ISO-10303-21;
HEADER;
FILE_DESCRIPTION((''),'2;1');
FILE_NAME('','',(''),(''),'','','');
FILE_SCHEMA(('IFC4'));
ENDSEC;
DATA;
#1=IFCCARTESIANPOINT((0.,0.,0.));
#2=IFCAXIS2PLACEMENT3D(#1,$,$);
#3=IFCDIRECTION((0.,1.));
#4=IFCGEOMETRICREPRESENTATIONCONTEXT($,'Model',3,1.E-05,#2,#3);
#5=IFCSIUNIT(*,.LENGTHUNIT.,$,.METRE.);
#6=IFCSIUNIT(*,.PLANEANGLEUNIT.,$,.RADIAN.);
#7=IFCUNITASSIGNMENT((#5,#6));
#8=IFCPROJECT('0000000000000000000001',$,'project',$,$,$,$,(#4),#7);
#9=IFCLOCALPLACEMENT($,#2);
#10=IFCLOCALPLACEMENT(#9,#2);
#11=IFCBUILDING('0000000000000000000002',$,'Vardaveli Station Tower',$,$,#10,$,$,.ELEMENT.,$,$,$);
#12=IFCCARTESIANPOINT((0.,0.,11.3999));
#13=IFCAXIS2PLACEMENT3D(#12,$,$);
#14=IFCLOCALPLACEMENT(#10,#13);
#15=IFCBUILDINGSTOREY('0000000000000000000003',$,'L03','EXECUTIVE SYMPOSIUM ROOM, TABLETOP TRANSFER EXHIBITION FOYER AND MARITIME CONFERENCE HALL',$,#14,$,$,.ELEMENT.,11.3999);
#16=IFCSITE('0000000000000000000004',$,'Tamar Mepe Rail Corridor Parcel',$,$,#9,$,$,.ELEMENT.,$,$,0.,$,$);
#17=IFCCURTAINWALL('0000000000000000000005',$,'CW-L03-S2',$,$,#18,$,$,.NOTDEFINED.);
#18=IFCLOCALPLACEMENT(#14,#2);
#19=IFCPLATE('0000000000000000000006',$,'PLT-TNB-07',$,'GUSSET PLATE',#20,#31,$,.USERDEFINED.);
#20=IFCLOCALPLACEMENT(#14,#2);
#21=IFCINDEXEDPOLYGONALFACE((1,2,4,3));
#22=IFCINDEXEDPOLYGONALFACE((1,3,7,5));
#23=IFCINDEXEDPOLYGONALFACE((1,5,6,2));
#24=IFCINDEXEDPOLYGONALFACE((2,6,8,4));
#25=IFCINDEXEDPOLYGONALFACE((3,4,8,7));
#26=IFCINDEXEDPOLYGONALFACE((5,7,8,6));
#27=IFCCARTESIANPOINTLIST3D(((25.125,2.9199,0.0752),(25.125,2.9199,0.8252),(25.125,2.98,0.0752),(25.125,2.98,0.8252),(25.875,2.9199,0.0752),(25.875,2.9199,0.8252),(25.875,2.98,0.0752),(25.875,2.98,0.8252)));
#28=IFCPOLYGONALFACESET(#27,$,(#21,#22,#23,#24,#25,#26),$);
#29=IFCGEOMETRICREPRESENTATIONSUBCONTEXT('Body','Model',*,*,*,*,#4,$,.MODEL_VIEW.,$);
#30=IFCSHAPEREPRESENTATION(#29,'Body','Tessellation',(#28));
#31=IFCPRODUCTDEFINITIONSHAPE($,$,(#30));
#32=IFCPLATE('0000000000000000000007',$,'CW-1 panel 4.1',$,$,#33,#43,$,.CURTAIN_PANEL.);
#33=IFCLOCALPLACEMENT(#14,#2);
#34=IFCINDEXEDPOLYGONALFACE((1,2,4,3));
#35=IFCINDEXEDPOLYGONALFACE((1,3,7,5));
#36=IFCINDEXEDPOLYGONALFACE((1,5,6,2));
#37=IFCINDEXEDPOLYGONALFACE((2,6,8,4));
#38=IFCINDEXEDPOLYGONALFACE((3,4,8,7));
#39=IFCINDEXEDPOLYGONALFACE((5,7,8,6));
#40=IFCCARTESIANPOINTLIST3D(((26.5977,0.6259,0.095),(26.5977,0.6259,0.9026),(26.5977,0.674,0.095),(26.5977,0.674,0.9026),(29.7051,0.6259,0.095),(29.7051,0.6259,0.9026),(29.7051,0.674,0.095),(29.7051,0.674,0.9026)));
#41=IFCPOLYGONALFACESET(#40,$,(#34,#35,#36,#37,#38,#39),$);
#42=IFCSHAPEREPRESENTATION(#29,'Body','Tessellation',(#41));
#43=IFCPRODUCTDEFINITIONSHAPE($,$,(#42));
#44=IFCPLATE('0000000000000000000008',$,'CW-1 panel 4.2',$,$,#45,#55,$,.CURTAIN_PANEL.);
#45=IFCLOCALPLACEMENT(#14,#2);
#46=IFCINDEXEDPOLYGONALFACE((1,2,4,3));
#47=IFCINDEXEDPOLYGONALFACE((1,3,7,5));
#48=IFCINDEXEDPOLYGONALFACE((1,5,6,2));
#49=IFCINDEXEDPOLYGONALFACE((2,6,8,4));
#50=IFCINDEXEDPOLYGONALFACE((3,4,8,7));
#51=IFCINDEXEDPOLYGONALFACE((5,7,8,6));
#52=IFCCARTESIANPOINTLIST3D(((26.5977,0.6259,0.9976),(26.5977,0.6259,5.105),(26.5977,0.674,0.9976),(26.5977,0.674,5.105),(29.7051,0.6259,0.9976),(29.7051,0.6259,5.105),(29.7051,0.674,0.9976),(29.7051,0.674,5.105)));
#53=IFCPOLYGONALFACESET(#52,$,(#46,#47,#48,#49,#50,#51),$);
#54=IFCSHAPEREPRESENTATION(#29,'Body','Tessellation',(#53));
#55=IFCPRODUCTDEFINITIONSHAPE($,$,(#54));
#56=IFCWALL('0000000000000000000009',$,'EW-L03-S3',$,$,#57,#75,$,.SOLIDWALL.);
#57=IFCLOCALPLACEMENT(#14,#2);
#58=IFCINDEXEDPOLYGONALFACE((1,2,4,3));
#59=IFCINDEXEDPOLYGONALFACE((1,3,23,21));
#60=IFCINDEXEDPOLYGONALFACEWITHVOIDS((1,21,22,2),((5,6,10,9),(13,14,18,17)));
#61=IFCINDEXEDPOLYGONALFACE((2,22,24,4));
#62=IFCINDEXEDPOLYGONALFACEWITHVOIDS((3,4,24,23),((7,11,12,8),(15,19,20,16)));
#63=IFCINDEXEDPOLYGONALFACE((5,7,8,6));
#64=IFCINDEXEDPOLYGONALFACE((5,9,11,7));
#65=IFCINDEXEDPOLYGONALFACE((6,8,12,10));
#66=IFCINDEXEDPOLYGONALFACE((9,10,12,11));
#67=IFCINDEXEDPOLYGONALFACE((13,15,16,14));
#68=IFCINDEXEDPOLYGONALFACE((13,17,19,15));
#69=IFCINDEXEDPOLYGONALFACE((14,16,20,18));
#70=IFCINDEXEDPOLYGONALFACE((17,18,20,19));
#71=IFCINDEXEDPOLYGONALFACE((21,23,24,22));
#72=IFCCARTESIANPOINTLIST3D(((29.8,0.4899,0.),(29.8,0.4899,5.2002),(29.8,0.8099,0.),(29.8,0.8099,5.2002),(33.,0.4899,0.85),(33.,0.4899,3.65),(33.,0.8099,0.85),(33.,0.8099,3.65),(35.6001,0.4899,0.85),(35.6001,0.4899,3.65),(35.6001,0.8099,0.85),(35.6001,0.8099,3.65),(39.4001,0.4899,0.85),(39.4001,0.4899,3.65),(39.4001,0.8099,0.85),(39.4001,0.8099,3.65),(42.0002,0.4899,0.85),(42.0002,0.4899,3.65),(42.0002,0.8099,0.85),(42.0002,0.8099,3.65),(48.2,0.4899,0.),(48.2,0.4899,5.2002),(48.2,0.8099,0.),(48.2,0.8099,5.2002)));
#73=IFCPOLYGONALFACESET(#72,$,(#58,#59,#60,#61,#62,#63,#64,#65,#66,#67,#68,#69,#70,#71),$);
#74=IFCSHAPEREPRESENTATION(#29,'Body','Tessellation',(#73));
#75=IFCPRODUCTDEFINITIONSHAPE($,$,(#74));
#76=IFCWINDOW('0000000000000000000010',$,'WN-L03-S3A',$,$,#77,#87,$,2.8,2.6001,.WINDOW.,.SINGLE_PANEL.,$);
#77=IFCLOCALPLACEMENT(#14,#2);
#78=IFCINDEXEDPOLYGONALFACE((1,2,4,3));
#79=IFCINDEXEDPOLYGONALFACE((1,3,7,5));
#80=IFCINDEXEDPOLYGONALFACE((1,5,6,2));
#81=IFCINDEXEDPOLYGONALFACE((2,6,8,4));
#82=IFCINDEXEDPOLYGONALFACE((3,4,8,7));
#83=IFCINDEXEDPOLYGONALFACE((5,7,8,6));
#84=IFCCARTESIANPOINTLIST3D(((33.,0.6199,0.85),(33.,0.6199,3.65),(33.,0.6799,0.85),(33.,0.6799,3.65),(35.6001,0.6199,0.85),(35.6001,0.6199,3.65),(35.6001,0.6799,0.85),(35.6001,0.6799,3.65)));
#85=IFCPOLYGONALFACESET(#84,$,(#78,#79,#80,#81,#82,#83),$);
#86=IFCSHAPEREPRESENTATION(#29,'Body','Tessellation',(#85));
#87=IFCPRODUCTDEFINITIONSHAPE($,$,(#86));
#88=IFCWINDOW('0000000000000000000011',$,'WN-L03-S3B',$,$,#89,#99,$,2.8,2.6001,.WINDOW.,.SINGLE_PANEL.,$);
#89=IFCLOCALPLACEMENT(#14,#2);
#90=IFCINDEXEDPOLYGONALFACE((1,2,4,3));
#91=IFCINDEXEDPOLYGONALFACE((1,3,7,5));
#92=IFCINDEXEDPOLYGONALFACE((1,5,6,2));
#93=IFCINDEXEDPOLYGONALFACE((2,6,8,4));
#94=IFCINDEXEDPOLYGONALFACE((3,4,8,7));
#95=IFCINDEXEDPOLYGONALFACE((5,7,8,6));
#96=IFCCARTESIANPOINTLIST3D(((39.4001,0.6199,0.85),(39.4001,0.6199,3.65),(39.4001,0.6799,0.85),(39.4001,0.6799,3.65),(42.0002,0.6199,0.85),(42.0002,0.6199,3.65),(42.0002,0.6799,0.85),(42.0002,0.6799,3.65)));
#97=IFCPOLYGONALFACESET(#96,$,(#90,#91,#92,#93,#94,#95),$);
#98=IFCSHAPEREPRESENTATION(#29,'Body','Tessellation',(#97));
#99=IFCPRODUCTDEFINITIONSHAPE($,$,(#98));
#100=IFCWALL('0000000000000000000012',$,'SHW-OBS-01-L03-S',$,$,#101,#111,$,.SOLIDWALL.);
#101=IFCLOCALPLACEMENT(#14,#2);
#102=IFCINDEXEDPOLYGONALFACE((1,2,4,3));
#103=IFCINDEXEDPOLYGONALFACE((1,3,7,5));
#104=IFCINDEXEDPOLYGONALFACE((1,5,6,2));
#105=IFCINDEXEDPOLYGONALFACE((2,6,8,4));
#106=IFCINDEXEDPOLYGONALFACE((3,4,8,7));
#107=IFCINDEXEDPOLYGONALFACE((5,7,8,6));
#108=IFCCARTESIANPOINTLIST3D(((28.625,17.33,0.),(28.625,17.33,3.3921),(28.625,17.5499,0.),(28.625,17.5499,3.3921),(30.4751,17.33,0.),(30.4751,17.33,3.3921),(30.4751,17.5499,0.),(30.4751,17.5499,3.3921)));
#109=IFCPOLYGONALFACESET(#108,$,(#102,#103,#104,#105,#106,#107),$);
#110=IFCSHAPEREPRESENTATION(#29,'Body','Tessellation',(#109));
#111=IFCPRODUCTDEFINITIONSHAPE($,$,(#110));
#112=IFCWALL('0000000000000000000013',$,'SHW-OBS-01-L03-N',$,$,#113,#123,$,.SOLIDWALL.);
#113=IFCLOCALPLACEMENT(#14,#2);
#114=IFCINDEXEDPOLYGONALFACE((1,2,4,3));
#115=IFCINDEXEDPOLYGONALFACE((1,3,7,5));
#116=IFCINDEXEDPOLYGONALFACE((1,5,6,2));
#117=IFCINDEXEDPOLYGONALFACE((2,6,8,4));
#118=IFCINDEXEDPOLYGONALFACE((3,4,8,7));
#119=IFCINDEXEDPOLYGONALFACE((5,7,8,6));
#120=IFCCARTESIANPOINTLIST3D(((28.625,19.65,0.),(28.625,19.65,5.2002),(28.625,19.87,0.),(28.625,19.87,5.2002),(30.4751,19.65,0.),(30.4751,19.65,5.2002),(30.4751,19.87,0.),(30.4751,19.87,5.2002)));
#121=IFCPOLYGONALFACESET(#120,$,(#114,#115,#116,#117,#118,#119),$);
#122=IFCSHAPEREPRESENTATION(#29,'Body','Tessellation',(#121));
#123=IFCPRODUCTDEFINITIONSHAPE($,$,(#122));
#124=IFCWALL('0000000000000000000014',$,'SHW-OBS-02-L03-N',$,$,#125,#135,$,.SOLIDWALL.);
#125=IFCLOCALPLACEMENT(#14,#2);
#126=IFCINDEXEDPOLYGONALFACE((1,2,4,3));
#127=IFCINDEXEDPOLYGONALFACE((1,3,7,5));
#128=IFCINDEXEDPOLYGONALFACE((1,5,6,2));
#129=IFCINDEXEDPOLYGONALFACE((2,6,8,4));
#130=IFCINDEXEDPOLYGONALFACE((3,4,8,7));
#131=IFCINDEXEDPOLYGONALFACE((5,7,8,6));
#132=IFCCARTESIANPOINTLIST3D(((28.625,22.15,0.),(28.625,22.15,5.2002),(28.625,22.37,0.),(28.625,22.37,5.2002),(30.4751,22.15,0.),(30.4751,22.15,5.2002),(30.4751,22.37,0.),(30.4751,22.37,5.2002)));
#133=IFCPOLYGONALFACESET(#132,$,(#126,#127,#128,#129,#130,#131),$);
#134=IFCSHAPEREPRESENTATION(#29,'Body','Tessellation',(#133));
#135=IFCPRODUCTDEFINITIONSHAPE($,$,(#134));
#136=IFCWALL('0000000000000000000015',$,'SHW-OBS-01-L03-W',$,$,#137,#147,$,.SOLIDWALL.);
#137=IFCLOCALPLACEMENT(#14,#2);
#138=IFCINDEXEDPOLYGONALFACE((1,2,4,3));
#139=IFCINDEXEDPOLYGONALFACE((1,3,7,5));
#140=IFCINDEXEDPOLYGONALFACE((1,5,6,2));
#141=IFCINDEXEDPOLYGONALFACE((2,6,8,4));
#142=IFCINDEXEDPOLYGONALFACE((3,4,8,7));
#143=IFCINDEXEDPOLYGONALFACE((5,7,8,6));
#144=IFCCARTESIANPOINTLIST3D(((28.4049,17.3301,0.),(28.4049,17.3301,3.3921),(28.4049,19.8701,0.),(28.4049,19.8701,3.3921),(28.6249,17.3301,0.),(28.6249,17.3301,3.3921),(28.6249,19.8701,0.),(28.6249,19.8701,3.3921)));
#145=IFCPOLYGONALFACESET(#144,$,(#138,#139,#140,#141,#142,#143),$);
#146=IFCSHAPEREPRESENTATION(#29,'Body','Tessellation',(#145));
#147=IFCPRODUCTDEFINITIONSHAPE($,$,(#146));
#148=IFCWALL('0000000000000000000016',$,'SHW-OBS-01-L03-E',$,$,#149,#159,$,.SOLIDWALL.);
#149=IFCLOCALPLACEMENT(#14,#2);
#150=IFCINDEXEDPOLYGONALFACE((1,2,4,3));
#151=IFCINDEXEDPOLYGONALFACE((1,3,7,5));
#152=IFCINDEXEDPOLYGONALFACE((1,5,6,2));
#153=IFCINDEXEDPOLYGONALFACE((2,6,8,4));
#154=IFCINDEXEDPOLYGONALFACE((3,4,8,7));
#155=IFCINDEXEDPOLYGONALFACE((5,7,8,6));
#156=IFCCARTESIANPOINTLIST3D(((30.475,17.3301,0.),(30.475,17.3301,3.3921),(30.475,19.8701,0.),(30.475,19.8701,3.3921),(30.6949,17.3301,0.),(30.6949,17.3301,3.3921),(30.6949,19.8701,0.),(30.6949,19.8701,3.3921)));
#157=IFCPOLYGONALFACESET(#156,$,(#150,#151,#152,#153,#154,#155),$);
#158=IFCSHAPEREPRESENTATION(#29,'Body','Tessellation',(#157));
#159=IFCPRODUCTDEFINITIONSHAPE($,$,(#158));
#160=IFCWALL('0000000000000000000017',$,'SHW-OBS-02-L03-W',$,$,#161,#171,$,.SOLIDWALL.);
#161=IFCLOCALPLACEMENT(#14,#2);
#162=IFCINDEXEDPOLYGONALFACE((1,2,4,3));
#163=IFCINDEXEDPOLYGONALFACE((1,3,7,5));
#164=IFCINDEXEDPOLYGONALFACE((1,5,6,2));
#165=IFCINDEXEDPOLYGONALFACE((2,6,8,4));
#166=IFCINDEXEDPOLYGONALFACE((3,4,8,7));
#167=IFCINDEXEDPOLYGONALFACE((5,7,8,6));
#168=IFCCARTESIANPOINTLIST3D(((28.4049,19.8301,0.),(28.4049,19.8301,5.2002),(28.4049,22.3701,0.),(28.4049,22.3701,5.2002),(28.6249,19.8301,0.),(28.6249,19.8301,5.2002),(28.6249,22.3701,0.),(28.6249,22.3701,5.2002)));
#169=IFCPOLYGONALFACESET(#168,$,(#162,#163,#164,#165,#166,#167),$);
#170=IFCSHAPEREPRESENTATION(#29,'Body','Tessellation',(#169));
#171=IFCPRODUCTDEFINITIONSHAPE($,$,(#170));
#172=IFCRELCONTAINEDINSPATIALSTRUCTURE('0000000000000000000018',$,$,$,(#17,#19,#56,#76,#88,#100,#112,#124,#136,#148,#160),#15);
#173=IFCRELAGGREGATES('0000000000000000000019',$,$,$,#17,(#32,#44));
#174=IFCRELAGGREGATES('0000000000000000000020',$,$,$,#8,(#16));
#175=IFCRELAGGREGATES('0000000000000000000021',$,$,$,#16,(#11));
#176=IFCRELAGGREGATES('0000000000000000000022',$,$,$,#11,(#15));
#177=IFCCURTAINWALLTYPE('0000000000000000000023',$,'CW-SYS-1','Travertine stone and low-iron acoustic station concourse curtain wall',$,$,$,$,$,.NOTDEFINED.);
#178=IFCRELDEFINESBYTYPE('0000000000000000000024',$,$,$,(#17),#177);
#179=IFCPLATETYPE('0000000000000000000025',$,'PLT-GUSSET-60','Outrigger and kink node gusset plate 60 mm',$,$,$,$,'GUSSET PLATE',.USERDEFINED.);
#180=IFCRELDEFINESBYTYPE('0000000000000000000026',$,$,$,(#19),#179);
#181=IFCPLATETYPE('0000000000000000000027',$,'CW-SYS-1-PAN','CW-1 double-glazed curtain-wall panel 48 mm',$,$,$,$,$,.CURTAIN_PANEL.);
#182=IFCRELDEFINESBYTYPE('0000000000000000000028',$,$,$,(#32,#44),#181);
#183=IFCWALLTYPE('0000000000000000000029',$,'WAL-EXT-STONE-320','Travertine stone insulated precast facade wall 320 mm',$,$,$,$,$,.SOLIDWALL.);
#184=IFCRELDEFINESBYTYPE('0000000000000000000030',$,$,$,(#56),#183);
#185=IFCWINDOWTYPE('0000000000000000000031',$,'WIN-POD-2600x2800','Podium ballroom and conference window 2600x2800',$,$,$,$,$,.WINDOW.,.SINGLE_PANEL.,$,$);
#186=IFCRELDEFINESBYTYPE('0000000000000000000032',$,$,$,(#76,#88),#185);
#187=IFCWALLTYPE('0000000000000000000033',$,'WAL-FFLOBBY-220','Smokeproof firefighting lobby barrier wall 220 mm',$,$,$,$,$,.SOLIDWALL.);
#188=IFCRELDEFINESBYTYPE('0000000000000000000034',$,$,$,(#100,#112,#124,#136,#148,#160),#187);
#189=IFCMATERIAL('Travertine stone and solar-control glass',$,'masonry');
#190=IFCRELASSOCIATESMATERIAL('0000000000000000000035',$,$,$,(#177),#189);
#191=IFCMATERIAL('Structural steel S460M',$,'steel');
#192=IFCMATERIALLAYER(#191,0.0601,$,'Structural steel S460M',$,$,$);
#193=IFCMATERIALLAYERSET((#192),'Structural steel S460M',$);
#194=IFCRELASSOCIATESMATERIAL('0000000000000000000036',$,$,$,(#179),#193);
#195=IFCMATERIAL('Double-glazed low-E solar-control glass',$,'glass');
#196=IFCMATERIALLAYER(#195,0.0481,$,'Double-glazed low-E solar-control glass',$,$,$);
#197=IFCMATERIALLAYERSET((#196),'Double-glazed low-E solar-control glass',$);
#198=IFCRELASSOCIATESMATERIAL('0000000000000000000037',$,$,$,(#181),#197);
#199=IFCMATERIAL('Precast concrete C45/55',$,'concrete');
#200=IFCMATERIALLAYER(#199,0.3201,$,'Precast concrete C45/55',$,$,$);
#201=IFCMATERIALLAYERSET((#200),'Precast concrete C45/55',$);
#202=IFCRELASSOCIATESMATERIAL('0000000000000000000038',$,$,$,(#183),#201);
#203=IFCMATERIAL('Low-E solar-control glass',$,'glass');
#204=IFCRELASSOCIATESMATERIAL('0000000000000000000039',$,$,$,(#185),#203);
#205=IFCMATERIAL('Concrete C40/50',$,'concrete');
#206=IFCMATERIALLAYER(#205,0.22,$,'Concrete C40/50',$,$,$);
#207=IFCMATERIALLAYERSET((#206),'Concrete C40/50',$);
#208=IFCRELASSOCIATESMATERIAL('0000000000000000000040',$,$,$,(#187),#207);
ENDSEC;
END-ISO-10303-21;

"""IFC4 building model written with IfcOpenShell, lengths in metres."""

from ifc_helpers import new_model, si_unit, direction, frame, frame_2d, origin, origin_2d, place, context, subcontext, project, spatial, rectangle, extrude, source, transform, mapped, material, layer, layer_set, type_object, element, fill, aggregate, save


model = new_model("IFC4")

# Units and contexts
model_context = context("Model", 3, precision=1e-05, world=origin(), true_north=direction((0.0, 1.0)))
body_context = subcontext(model_context, "Body", "Model", "MODEL_VIEW")
ifc_project = project(units=[si_unit("LENGTHUNIT", "METRE"), si_unit("PLANEANGLEUNIT", "RADIAN")], contexts=[model_context])

# Site, building, storey
site_placement = place(None, origin())
site = spatial("IfcSite", under=ifc_project, at=site_placement, Name="Tamar Mepe Rail Corridor Parcel", CompositionType="ELEMENT", RefElevation=0.0)
building_placement = place(site_placement, origin())
building = spatial("IfcBuilding", under=site, at=building_placement, Name="Vardaveli Station Tower", CompositionType="ELEMENT")
storey_placement = place(building_placement, frame((0.0, 0.0, 11.3999)))
storey = spatial("IfcBuildingStorey", under=building, at=storey_placement, Name="L03", Description="EXECUTIVE SYMPOSIUM ROOM, TABLETOP TRANSFER EXHIBITION FOYER AND MARITIME CONFERENCE HALL", CompositionType="ELEMENT", Elevation=11.3999)

# Shared definitions
ifc_material_1 = material(Name="Structural steel S460M", Category="steel")

# Curtain wall
ifc_material_2 = material(Name="Travertine stone and solar-control glass", Category="masonry")
curtain_wall_type = type_object("IfcCurtainWallType", Name="CW-SYS-1", Description="Travertine stone and low-iron acoustic station concourse curtain wall", PredefinedType="NOTDEFINED", material=ifc_material_2)
curtain_wall_placement = place(storey_placement, origin())
curtain_wall = element("IfcCurtainWall", 1, at=curtain_wall_placement, inside=storey, type_object=curtain_wall_type, Name="CW-L03-S2", PredefinedType="NOTDEFINED")

# Plate
ifc_layer_1 = layer(ifc_material_1, 0.0601, Name="Structural steel S460M")
ifc_layer_set_1 = layer_set([ifc_layer_1], Name="Structural steel S460M")
plate_type_1 = type_object("IfcPlateType", Name="PLT-GUSSET-60", Description="Outrigger and kink node gusset plate 60 mm", ElementType="GUSSET PLATE", PredefinedType="USERDEFINED", material=ifc_layer_set_1)
shared_shape_1 = source(origin(), body_context, "Body", "SweptSolid", [
    extrude(rectangle(XDim=0.75, YDim=0.0601, at=origin_2d()), origin(), (0.0, 0.0, 1.0), 0.75),
])
plate_1_placement = place(storey_placement, frame((25.5, 2.95, 0.0752), z_axis=(0.0, 0.0, 1.0), x_axis=(1.0, 0.0, 0.0)))
element("IfcPlate", 2, at=plate_1_placement, inside=storey, type_object=plate_type_1, Name="PLT-TNB-07", ObjectType="GUSSET PLATE", PredefinedType="USERDEFINED", context=body_context, shape_type="MappedRepresentation", body=[
    mapped(shared_shape_1, transform((0.0, 0.0, 0.0), scale=1.0)),
])

# Plates
ifc_material_3 = material(Name="Double-glazed low-E solar-control glass", Category="glass")
ifc_layer_2 = layer(ifc_material_3, 0.0481, Name="Double-glazed low-E solar-control glass")
ifc_layer_set_2 = layer_set([ifc_layer_2], Name="Double-glazed low-E solar-control glass")
plate_type_2 = type_object("IfcPlateType", Name="CW-SYS-1-PAN", Description="CW-1 double-glazed curtain-wall panel 48 mm", PredefinedType="CURTAIN_PANEL", material=ifc_layer_set_2)
shared_shape_2 = source(origin(), body_context, "Body", "SweptSolid", [
    extrude(rectangle(XDim=3.1074, YDim=0.0481, at=origin_2d()), origin(), (0.0, 0.0, 1.0), 0.8076),
])
plate_2_placement = place(storey_placement, frame((28.1514, 0.6499, 0.095), z_axis=(0.0, 0.0, 1.0), x_axis=(1.0, 0.0, 0.0)))
plate_2 = element("IfcPlate", 3, at=plate_2_placement, type_object=plate_type_2, Name="CW-1 panel 4.1", PredefinedType="CURTAIN_PANEL", context=body_context, shape_type="MappedRepresentation", body=[
    mapped(shared_shape_2, transform((0.0, 0.0, 0.0), scale=1.0)),
])
shared_shape_3 = source(origin(), body_context, "Body", "SweptSolid", [
    extrude(rectangle(XDim=3.1074, YDim=0.0481, at=origin_2d()), origin(), (0.0, 0.0, 1.0), 4.1074),
])
plate_3_placement = place(storey_placement, frame((28.1514, 0.6499, 0.9976), z_axis=(0.0, 0.0, 1.0), x_axis=(1.0, 0.0, 0.0)))
plate_3 = element("IfcPlate", 4, at=plate_3_placement, type_object=plate_type_2, Name="CW-1 panel 4.2", PredefinedType="CURTAIN_PANEL", context=body_context, shape_type="MappedRepresentation", body=[
    mapped(shared_shape_3, transform((0.0, 0.0, 0.0), scale=1.0)),
])
aggregate(curtain_wall, [plate_2, plate_3])

# Wall, openings, windows
ifc_material_4 = material(Name="Precast concrete C45/55", Category="concrete")
ifc_layer_3 = layer(ifc_material_4, 0.3201, Name="Precast concrete C45/55")
ifc_layer_set_3 = layer_set([ifc_layer_3], Name="Precast concrete C45/55")
wall_type_1 = type_object("IfcWallType", Name="WAL-EXT-STONE-320", Description="Travertine stone insulated precast facade wall 320 mm", PredefinedType="SOLIDWALL", material=ifc_layer_set_3)
shared_shape_4 = source(origin(), body_context, "Body", "SweptSolid", [
    extrude(rectangle(XDim=18.3999, YDim=0.3201, at=frame_2d((9.2, 0.0))), origin(), (0.0, 0.0, 1.0), 5.2002),
])
wall_1_placement = place(storey_placement, frame((29.8, 0.6499, 0.0), z_axis=(0.0, 0.0, 1.0), x_axis=(1.0, 0.0, 0.0)))
wall_1 = element("IfcWall", 5, at=wall_1_placement, inside=storey, type_object=wall_type_1, Name="EW-L03-S3", PredefinedType="SOLIDWALL", context=body_context, shape_type="MappedRepresentation", body=[
    mapped(shared_shape_4, transform((0.0, 0.0, 0.0), scale=1.0)),
])
shared_shape_5 = source(origin(), body_context, "Body", "SweptSolid", [
    extrude(rectangle(XDim=2.6001, YDim=2.8, at=frame_2d((1.3, 1.3999))), frame((0.0, 0.1699, 0.0), z_axis=(0.0, -1.0, 0.0), x_axis=(1.0, 0.0, 0.0)), (0.0, 0.0, 1.0), 0.3401),
])
opening_1_placement = place(wall_1_placement, frame((3.2, 0.0, 0.8501)))
opening_1 = element("IfcOpeningElement", 6, at=opening_1_placement, cuts=wall_1, PredefinedType="OPENING", context=body_context, shape_type="MappedRepresentation", body=[
    mapped(shared_shape_5, transform((0.0, 0.0, 0.0), scale=1.0)),
])
opening_2_placement = place(wall_1_placement, frame((9.6001, 0.0, 0.8501)))
opening_2 = element("IfcOpeningElement", 7, at=opening_2_placement, cuts=wall_1, PredefinedType="OPENING", context=body_context, shape_type="MappedRepresentation", body=[
    mapped(shared_shape_5, transform((0.0, 0.0, 0.0), scale=1.0)),
])
ifc_material_5 = material(Name="Low-E solar-control glass", Category="glass")
window_type = type_object("IfcWindowType", Name="WIN-POD-2600x2800", Description="Podium ballroom and conference window 2600x2800", PartitioningType="SINGLE_PANEL", PredefinedType="WINDOW", material=ifc_material_5)
shared_shape_6 = source(origin(), body_context, "Body", "SweptSolid", [
    extrude(rectangle(XDim=2.6001, YDim=2.8, at=frame_2d((1.3, 1.3999))), frame((0.0, 0.03, 0.0), z_axis=(0.0, -1.0, 0.0), x_axis=(1.0, 0.0, 0.0)), (0.0, 0.0, 1.0), 0.0601),
])
window_1_placement = place(opening_1_placement, origin())
window_1 = element("IfcWindow", 8, at=window_1_placement, inside=storey, type_object=window_type, Name="WN-L03-S3A", OverallHeight=2.8, OverallWidth=2.6001, PartitioningType="SINGLE_PANEL", PredefinedType="WINDOW", context=body_context, shape_type="MappedRepresentation", body=[
    mapped(shared_shape_6, transform((0.0, 0.0, 0.0), scale=1.0)),
])
fill(opening_1, window_1)
window_2_placement = place(opening_2_placement, origin())
window_2 = element("IfcWindow", 9, at=window_2_placement, inside=storey, type_object=window_type, Name="WN-L03-S3B", OverallHeight=2.8, OverallWidth=2.6001, PartitioningType="SINGLE_PANEL", PredefinedType="WINDOW", context=body_context, shape_type="MappedRepresentation", body=[
    mapped(shared_shape_6, transform((0.0, 0.0, 0.0), scale=1.0)),
])
fill(opening_2, window_2)

# Walls
ifc_material_6 = material(Name="Concrete C40/50", Category="concrete")
ifc_layer_4 = layer(ifc_material_6, 0.22, Name="Concrete C40/50")
ifc_layer_set_4 = layer_set([ifc_layer_4], Name="Concrete C40/50")
wall_type_2 = type_object("IfcWallType", Name="WAL-FFLOBBY-220", Description="Smokeproof firefighting lobby barrier wall 220 mm", PredefinedType="SOLIDWALL", material=ifc_layer_set_4)
shared_shape_7 = source(origin(), body_context, "Body", "SweptSolid", [
    extrude(rectangle(XDim=1.8501, YDim=0.22, at=frame_2d((0.925, 0.0))), origin(), (0.0, 0.0, 1.0), 3.3921),
])
wall_2_placement = place(storey_placement, frame((28.625, 17.4399, 0.0), z_axis=(0.0, 0.0, 1.0), x_axis=(1.0, 0.0, 0.0)))
element("IfcWall", 10, at=wall_2_placement, inside=storey, type_object=wall_type_2, Name="SHW-OBS-01-L03-S", PredefinedType="SOLIDWALL", context=body_context, shape_type="MappedRepresentation", body=[
    mapped(shared_shape_7, transform((0.0, 0.0, 0.0), scale=1.0)),
])
shared_shape_8 = source(origin(), body_context, "Body", "SweptSolid", [
    extrude(rectangle(XDim=1.8501, YDim=0.22, at=frame_2d((0.925, 0.0))), origin(), (0.0, 0.0, 1.0), 5.2002),
])
for number, where, z_axis, x_axis, name in (
    (11, (28.625, 19.76, 0.0), (0.0, 0.0, 1.0), (1.0, 0.0, 0.0), "SHW-OBS-01-L03-N"),
    (12, (28.625, 22.26, 0.0), (0.0, 0.0, 1.0), (1.0, 0.0, 0.0), "SHW-OBS-02-L03-N"),
):
    element("IfcWall", number, at=place(storey_placement, frame(where, z_axis=z_axis, x_axis=x_axis)), inside=storey, type_object=wall_type_2, Name=name, PredefinedType="SOLIDWALL", context=body_context, shape_type="MappedRepresentation", body=[
        mapped(shared_shape_8, transform((0.0, 0.0, 0.0), scale=1.0)),
    ])
shared_shape_9 = source(origin(), body_context, "Body", "SweptSolid", [
    extrude(rectangle(XDim=2.54, YDim=0.22, at=frame_2d((1.27, 0.0))), origin(), (0.0, 0.0, 1.0), 3.3921),
])
for number, where, z_axis, x_axis, name in (
    (13, (28.5149, 17.3301, 0.0), (0.0, 0.0, 1.0), (0.0, 1.0, 0.0), "SHW-OBS-01-L03-W"),
    (14, (30.585, 17.3301, 0.0), (0.0, 0.0, 1.0), (0.0, 1.0, 0.0), "SHW-OBS-01-L03-E"),
):
    element("IfcWall", number, at=place(storey_placement, frame(where, z_axis=z_axis, x_axis=x_axis)), inside=storey, type_object=wall_type_2, Name=name, PredefinedType="SOLIDWALL", context=body_context, shape_type="MappedRepresentation", body=[
        mapped(shared_shape_9, transform((0.0, 0.0, 0.0), scale=1.0)),
    ])
shared_shape_10 = source(origin(), body_context, "Body", "SweptSolid", [
    extrude(rectangle(XDim=2.54, YDim=0.22, at=frame_2d((1.27, 0.0))), origin(), (0.0, 0.0, 1.0), 5.2002),
])
for number, where, z_axis, x_axis, name in (
    (15, (28.5149, 19.8301, 0.0), (0.0, 0.0, 1.0), (0.0, 1.0, 0.0), "SHW-OBS-02-L03-W"),
):
    element("IfcWall", number, at=place(storey_placement, frame(where, z_axis=z_axis, x_axis=x_axis)), inside=storey, type_object=wall_type_2, Name=name, PredefinedType="SOLIDWALL", context=body_context, shape_type="MappedRepresentation", body=[
        mapped(shared_shape_10, transform((0.0, 0.0, 0.0), scale=1.0)),
    ])

save(model, "model.ifc")
